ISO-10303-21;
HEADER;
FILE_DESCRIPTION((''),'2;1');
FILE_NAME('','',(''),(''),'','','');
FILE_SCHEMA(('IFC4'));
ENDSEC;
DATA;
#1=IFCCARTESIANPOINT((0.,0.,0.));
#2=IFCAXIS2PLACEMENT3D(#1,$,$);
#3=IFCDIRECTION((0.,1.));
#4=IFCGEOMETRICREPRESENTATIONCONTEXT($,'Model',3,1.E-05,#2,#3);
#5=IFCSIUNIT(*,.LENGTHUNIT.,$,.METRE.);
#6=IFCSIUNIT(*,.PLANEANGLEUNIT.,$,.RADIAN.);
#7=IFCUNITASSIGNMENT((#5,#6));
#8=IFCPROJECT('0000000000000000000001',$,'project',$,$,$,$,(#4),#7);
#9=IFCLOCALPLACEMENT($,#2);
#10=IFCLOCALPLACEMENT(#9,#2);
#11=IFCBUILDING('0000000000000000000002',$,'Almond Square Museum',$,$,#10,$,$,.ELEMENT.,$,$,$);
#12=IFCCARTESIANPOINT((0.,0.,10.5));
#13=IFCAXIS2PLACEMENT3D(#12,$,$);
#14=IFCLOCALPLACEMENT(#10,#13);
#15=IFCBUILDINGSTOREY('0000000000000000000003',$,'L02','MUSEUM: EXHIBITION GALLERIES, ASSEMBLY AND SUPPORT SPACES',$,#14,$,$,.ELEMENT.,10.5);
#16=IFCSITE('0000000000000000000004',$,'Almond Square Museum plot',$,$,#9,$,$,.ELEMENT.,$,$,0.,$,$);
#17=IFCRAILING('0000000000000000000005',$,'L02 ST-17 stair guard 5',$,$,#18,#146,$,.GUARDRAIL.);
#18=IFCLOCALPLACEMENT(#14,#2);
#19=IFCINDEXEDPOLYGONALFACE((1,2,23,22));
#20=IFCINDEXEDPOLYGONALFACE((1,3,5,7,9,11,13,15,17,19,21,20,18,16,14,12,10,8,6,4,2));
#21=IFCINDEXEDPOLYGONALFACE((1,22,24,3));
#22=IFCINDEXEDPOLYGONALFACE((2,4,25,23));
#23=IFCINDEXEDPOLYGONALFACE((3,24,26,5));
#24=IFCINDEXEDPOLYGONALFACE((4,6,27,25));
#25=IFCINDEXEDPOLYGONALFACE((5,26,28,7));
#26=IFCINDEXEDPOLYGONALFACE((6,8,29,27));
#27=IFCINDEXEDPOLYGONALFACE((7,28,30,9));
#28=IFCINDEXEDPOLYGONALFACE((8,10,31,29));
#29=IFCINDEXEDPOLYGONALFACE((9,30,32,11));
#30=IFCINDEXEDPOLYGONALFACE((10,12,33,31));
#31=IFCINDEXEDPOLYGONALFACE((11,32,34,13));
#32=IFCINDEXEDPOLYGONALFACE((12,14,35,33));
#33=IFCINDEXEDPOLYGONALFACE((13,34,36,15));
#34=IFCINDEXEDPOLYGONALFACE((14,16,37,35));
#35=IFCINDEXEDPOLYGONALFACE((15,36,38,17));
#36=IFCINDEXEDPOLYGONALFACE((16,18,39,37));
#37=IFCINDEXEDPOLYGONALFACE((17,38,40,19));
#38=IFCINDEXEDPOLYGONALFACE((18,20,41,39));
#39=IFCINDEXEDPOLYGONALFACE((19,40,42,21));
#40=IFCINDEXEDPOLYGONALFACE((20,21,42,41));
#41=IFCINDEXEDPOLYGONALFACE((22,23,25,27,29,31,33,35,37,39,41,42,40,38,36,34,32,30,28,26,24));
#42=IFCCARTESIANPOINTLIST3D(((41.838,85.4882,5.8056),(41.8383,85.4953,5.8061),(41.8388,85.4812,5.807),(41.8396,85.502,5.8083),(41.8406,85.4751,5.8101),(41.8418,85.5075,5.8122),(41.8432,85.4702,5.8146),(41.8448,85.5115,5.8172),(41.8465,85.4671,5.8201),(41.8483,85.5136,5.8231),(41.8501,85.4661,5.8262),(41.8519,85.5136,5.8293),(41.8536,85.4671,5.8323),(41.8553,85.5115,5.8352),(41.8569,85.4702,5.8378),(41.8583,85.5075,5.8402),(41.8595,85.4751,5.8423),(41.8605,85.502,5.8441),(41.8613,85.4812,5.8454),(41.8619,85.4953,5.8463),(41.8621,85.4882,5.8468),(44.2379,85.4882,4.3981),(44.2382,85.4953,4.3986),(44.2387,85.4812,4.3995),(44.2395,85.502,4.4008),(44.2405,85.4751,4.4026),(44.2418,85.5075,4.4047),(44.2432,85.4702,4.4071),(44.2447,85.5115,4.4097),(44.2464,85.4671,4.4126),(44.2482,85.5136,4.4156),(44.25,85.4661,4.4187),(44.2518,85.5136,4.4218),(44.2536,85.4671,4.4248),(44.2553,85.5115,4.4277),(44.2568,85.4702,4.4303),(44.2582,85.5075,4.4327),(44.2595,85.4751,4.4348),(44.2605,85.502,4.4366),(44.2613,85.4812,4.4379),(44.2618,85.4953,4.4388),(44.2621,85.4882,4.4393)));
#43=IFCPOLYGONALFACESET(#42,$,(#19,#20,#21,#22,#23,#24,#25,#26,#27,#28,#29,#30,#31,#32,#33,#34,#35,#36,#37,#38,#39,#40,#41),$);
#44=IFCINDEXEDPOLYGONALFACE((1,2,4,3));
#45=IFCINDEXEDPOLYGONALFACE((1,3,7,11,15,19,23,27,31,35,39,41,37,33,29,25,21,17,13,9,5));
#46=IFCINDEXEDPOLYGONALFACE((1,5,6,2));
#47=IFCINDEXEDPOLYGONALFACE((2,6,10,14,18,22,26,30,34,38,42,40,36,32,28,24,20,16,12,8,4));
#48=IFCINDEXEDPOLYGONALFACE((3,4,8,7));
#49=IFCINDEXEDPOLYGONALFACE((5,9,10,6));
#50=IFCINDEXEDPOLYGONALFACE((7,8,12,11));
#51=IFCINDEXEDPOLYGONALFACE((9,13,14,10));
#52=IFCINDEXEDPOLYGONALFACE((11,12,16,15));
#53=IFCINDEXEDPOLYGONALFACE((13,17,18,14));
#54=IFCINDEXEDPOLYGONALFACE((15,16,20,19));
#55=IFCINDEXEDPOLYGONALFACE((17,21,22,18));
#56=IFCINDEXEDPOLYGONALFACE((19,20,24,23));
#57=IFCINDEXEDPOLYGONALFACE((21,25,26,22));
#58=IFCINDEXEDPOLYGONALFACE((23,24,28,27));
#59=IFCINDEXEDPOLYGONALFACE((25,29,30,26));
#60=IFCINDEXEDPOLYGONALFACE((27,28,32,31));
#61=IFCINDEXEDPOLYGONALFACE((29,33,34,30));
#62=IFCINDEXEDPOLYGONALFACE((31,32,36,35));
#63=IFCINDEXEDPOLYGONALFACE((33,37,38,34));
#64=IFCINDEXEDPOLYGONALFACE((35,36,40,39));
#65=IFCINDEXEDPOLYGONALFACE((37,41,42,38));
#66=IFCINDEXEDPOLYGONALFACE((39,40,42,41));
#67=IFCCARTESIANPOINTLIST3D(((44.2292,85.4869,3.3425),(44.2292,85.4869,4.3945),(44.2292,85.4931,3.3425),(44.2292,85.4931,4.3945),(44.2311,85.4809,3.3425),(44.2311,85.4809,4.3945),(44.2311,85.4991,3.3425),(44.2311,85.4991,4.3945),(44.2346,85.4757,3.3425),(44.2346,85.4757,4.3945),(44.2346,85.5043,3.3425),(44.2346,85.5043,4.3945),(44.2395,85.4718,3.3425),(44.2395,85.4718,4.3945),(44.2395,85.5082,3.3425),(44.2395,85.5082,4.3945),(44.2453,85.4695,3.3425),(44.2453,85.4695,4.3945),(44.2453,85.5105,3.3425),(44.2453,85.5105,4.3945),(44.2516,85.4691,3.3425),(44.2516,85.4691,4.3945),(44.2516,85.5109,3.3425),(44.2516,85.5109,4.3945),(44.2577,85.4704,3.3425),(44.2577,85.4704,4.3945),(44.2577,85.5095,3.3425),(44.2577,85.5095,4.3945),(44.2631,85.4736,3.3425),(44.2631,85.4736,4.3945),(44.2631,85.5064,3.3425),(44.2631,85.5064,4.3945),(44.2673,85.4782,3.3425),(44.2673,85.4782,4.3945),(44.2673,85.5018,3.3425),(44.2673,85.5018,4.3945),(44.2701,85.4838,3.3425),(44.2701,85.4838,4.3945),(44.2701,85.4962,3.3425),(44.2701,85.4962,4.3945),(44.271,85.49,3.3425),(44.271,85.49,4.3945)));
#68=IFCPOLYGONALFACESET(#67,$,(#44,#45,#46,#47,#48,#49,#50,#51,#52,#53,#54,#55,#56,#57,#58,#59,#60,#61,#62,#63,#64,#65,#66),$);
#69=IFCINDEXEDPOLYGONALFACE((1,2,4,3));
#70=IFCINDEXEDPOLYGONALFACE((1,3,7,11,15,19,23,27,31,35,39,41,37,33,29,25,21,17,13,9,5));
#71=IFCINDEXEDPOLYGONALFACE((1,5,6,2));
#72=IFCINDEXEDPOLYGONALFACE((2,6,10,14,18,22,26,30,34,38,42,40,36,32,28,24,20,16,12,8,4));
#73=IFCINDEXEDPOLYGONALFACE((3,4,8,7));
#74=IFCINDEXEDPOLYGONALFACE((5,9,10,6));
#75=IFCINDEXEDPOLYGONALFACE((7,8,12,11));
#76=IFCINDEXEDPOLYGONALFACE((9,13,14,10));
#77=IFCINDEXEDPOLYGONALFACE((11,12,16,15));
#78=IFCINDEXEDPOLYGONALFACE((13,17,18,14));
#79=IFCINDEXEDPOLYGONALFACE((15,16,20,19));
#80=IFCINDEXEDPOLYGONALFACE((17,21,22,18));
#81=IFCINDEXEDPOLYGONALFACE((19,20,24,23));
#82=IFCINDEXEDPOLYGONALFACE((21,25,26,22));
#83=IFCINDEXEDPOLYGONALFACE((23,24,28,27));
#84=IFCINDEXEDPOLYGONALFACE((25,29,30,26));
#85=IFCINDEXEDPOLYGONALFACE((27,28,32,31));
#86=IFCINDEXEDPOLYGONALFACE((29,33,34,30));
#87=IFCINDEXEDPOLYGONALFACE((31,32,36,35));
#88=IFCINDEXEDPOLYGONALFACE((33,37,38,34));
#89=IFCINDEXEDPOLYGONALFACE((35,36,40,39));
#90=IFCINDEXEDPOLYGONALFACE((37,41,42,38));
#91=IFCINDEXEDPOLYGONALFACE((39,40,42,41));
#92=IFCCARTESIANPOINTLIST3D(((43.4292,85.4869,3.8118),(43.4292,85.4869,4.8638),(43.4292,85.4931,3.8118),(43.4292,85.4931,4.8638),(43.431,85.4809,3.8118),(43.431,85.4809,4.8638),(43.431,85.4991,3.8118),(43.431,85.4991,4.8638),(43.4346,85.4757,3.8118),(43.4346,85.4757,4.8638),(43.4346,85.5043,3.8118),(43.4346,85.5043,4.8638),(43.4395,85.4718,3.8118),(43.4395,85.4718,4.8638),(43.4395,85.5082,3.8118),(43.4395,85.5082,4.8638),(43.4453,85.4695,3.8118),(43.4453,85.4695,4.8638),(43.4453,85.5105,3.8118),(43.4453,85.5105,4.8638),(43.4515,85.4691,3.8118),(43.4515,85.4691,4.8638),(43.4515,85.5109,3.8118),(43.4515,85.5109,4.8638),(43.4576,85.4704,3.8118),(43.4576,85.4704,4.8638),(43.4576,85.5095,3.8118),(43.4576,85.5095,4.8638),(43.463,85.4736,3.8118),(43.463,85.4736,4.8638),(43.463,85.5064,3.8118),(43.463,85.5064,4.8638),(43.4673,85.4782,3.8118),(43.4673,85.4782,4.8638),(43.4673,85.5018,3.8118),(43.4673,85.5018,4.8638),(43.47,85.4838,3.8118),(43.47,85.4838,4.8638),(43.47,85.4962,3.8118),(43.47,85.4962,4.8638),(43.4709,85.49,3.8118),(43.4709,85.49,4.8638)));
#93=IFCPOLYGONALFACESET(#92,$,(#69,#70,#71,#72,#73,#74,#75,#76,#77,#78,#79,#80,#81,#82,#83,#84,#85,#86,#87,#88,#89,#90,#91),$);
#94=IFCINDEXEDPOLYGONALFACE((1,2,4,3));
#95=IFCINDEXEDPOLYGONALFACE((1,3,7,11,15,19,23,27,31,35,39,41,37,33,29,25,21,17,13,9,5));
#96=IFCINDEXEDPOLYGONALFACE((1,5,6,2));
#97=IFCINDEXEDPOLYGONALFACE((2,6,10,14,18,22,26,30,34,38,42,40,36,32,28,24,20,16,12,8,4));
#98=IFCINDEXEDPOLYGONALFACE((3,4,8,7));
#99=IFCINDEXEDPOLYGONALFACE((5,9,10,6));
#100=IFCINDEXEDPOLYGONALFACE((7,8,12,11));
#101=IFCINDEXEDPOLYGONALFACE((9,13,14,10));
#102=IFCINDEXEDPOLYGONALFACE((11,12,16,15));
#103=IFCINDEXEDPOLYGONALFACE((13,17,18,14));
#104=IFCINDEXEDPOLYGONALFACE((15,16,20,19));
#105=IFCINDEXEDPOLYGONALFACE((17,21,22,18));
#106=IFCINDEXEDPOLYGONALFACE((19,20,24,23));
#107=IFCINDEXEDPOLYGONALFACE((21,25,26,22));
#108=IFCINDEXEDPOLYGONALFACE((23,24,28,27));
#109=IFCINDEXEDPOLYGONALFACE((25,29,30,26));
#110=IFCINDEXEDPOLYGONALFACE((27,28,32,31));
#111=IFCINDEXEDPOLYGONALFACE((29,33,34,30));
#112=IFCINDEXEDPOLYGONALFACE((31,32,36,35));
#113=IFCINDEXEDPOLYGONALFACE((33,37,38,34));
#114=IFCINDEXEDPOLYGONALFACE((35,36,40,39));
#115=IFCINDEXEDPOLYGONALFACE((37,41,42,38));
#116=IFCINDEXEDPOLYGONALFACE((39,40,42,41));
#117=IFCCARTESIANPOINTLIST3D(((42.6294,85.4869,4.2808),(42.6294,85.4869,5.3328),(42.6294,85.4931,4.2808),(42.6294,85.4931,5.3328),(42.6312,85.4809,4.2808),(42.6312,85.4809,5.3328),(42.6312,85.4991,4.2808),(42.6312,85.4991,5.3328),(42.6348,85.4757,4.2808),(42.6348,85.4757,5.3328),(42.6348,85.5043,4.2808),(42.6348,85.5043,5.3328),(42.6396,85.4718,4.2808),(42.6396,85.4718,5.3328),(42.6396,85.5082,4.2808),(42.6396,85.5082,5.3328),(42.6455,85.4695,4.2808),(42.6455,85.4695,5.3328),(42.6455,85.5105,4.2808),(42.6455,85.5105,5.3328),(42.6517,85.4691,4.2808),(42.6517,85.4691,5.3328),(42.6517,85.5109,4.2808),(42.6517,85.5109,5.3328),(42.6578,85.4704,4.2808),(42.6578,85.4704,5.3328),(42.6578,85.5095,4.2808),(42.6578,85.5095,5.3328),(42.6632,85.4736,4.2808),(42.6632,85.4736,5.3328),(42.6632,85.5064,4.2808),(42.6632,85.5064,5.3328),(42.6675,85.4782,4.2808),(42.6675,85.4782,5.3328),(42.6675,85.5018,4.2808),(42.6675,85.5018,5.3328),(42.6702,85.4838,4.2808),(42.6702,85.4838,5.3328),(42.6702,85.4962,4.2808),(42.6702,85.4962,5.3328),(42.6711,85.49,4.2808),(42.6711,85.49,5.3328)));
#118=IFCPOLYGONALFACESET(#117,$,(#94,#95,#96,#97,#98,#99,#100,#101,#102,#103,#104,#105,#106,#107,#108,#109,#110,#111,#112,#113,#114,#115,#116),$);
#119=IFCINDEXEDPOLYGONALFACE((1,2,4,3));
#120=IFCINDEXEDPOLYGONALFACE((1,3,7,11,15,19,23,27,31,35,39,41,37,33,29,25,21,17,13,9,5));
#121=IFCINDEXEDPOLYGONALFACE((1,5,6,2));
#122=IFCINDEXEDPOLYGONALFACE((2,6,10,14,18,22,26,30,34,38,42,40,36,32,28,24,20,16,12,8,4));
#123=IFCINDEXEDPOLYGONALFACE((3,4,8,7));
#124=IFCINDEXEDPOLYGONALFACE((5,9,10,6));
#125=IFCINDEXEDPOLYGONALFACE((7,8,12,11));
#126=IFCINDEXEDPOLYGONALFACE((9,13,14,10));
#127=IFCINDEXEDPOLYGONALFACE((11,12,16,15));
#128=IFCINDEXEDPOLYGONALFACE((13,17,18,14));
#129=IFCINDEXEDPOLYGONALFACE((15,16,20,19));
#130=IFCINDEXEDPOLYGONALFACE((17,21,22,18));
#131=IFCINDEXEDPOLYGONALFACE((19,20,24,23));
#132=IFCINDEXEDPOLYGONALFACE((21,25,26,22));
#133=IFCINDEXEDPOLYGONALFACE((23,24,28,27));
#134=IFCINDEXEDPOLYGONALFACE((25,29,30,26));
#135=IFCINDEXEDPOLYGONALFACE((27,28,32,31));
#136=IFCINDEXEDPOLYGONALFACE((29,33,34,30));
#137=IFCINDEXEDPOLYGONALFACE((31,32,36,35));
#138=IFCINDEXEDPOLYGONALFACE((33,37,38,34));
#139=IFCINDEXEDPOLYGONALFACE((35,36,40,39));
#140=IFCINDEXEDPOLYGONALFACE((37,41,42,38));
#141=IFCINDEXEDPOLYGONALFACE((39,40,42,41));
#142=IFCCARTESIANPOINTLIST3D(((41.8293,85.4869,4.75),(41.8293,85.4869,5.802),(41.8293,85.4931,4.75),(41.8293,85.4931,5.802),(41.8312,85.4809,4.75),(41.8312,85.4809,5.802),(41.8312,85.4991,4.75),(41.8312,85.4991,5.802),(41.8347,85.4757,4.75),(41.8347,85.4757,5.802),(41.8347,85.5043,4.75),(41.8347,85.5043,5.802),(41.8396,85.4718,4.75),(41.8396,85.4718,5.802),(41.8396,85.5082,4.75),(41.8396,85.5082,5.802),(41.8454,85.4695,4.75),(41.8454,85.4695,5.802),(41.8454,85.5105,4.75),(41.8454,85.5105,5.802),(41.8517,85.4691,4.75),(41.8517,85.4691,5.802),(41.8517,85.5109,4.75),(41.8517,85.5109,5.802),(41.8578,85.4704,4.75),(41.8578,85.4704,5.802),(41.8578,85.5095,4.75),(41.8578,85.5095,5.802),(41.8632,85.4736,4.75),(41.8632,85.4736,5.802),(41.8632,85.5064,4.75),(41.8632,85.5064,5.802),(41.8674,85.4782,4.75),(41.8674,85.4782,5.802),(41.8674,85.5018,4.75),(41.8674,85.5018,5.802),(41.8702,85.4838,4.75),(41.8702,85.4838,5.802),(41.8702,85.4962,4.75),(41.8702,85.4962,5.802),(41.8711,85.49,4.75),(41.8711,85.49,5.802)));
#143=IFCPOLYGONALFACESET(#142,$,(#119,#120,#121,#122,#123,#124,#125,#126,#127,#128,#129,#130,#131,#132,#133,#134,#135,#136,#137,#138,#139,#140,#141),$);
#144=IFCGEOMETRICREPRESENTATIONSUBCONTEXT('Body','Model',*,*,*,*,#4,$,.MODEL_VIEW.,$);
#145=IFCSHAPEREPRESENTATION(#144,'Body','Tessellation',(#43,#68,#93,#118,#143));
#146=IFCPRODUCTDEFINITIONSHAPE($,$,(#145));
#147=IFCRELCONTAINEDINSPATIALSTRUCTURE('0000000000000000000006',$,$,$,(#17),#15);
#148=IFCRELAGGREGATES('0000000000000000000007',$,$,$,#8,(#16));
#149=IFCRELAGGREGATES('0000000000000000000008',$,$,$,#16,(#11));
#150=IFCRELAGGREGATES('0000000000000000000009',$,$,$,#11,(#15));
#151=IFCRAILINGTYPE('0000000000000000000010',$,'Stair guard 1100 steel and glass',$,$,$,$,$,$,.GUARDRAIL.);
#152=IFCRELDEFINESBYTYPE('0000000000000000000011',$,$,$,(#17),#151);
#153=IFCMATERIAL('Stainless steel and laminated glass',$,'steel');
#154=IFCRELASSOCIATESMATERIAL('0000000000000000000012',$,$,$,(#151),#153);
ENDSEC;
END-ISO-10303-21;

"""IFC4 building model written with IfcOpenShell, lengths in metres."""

from ifc_helpers import new_model, si_unit, direction, frame, origin, origin_2d, place, context, subcontext, project, spatial, circle, extrude, material, type_object, element, save


model = new_model("IFC4")

# Units and contexts
model_context = context("Model", 3, precision=1e-05, world=origin(), true_north=direction((0.0, 1.0)))
body_context = subcontext(model_context, "Body", "Model", "MODEL_VIEW")
ifc_project = project(units=[si_unit("LENGTHUNIT", "METRE"), si_unit("PLANEANGLEUNIT", "RADIAN")], contexts=[model_context])

# Site, building, storey
site_placement = place(None, origin())
site = spatial("IfcSite", under=ifc_project, at=site_placement, Name="Almond Square Museum plot", CompositionType="ELEMENT", RefElevation=0.0)
building_placement = place(site_placement, origin())
building = spatial("IfcBuilding", under=site, at=building_placement, Name="Almond Square Museum", CompositionType="ELEMENT")
storey_placement = place(building_placement, frame((0.0, 0.0, 10.5)))
storey = spatial("IfcBuildingStorey", under=building, at=storey_placement, Name="L02", Description="MUSEUM: EXHIBITION GALLERIES, ASSEMBLY AND SUPPORT SPACES", CompositionType="ELEMENT", Elevation=10.5)

# Railing
ifc_material_1 = material(Name="Stainless steel and laminated glass", Category="steel")
railing_type_1 = type_object("IfcRailingType", Name="Stair guard 1100 steel and glass", PredefinedType="GUARDRAIL", material=ifc_material_1)
railing_1_placement = place(storey_placement, frame((44.25, 85.49, 3.3425)))
element("IfcRailing", 1, at=railing_1_placement, inside=storey, type_object=railing_type_1, Name="L02 ST-17 stair guard 5", PredefinedType="GUARDRAIL", context=body_context, shape_type="SweptSolid", body=[
    extrude(circle(Radius=0.0239, at=origin_2d()), frame((0.0, 0.0, 1.0762), z_axis=(-0.862599, 0.0, 0.505888), x_axis=(0.0, -1.0, 0.0)), (0.0, 0.0, 1.0), 2.7822),
    extrude(circle(Radius=0.021, at=origin_2d()), origin(), (0.0, 0.0, 1.0), 1.052),
    extrude(circle(Radius=0.021, at=origin_2d()), frame((-0.8, 0.0, 0.4692)), (0.0, 0.0, 1.0), 1.052),
    extrude(circle(Radius=0.021, at=origin_2d()), frame((-1.5999, 0.0, 0.9382)), (0.0, 0.0, 1.0), 1.052),
    extrude(circle(Radius=0.021, at=origin_2d()), frame((-2.3999, 0.0, 1.4075)), (0.0, 0.0, 1.0), 1.052),
])

save(model, "model.ifc")
